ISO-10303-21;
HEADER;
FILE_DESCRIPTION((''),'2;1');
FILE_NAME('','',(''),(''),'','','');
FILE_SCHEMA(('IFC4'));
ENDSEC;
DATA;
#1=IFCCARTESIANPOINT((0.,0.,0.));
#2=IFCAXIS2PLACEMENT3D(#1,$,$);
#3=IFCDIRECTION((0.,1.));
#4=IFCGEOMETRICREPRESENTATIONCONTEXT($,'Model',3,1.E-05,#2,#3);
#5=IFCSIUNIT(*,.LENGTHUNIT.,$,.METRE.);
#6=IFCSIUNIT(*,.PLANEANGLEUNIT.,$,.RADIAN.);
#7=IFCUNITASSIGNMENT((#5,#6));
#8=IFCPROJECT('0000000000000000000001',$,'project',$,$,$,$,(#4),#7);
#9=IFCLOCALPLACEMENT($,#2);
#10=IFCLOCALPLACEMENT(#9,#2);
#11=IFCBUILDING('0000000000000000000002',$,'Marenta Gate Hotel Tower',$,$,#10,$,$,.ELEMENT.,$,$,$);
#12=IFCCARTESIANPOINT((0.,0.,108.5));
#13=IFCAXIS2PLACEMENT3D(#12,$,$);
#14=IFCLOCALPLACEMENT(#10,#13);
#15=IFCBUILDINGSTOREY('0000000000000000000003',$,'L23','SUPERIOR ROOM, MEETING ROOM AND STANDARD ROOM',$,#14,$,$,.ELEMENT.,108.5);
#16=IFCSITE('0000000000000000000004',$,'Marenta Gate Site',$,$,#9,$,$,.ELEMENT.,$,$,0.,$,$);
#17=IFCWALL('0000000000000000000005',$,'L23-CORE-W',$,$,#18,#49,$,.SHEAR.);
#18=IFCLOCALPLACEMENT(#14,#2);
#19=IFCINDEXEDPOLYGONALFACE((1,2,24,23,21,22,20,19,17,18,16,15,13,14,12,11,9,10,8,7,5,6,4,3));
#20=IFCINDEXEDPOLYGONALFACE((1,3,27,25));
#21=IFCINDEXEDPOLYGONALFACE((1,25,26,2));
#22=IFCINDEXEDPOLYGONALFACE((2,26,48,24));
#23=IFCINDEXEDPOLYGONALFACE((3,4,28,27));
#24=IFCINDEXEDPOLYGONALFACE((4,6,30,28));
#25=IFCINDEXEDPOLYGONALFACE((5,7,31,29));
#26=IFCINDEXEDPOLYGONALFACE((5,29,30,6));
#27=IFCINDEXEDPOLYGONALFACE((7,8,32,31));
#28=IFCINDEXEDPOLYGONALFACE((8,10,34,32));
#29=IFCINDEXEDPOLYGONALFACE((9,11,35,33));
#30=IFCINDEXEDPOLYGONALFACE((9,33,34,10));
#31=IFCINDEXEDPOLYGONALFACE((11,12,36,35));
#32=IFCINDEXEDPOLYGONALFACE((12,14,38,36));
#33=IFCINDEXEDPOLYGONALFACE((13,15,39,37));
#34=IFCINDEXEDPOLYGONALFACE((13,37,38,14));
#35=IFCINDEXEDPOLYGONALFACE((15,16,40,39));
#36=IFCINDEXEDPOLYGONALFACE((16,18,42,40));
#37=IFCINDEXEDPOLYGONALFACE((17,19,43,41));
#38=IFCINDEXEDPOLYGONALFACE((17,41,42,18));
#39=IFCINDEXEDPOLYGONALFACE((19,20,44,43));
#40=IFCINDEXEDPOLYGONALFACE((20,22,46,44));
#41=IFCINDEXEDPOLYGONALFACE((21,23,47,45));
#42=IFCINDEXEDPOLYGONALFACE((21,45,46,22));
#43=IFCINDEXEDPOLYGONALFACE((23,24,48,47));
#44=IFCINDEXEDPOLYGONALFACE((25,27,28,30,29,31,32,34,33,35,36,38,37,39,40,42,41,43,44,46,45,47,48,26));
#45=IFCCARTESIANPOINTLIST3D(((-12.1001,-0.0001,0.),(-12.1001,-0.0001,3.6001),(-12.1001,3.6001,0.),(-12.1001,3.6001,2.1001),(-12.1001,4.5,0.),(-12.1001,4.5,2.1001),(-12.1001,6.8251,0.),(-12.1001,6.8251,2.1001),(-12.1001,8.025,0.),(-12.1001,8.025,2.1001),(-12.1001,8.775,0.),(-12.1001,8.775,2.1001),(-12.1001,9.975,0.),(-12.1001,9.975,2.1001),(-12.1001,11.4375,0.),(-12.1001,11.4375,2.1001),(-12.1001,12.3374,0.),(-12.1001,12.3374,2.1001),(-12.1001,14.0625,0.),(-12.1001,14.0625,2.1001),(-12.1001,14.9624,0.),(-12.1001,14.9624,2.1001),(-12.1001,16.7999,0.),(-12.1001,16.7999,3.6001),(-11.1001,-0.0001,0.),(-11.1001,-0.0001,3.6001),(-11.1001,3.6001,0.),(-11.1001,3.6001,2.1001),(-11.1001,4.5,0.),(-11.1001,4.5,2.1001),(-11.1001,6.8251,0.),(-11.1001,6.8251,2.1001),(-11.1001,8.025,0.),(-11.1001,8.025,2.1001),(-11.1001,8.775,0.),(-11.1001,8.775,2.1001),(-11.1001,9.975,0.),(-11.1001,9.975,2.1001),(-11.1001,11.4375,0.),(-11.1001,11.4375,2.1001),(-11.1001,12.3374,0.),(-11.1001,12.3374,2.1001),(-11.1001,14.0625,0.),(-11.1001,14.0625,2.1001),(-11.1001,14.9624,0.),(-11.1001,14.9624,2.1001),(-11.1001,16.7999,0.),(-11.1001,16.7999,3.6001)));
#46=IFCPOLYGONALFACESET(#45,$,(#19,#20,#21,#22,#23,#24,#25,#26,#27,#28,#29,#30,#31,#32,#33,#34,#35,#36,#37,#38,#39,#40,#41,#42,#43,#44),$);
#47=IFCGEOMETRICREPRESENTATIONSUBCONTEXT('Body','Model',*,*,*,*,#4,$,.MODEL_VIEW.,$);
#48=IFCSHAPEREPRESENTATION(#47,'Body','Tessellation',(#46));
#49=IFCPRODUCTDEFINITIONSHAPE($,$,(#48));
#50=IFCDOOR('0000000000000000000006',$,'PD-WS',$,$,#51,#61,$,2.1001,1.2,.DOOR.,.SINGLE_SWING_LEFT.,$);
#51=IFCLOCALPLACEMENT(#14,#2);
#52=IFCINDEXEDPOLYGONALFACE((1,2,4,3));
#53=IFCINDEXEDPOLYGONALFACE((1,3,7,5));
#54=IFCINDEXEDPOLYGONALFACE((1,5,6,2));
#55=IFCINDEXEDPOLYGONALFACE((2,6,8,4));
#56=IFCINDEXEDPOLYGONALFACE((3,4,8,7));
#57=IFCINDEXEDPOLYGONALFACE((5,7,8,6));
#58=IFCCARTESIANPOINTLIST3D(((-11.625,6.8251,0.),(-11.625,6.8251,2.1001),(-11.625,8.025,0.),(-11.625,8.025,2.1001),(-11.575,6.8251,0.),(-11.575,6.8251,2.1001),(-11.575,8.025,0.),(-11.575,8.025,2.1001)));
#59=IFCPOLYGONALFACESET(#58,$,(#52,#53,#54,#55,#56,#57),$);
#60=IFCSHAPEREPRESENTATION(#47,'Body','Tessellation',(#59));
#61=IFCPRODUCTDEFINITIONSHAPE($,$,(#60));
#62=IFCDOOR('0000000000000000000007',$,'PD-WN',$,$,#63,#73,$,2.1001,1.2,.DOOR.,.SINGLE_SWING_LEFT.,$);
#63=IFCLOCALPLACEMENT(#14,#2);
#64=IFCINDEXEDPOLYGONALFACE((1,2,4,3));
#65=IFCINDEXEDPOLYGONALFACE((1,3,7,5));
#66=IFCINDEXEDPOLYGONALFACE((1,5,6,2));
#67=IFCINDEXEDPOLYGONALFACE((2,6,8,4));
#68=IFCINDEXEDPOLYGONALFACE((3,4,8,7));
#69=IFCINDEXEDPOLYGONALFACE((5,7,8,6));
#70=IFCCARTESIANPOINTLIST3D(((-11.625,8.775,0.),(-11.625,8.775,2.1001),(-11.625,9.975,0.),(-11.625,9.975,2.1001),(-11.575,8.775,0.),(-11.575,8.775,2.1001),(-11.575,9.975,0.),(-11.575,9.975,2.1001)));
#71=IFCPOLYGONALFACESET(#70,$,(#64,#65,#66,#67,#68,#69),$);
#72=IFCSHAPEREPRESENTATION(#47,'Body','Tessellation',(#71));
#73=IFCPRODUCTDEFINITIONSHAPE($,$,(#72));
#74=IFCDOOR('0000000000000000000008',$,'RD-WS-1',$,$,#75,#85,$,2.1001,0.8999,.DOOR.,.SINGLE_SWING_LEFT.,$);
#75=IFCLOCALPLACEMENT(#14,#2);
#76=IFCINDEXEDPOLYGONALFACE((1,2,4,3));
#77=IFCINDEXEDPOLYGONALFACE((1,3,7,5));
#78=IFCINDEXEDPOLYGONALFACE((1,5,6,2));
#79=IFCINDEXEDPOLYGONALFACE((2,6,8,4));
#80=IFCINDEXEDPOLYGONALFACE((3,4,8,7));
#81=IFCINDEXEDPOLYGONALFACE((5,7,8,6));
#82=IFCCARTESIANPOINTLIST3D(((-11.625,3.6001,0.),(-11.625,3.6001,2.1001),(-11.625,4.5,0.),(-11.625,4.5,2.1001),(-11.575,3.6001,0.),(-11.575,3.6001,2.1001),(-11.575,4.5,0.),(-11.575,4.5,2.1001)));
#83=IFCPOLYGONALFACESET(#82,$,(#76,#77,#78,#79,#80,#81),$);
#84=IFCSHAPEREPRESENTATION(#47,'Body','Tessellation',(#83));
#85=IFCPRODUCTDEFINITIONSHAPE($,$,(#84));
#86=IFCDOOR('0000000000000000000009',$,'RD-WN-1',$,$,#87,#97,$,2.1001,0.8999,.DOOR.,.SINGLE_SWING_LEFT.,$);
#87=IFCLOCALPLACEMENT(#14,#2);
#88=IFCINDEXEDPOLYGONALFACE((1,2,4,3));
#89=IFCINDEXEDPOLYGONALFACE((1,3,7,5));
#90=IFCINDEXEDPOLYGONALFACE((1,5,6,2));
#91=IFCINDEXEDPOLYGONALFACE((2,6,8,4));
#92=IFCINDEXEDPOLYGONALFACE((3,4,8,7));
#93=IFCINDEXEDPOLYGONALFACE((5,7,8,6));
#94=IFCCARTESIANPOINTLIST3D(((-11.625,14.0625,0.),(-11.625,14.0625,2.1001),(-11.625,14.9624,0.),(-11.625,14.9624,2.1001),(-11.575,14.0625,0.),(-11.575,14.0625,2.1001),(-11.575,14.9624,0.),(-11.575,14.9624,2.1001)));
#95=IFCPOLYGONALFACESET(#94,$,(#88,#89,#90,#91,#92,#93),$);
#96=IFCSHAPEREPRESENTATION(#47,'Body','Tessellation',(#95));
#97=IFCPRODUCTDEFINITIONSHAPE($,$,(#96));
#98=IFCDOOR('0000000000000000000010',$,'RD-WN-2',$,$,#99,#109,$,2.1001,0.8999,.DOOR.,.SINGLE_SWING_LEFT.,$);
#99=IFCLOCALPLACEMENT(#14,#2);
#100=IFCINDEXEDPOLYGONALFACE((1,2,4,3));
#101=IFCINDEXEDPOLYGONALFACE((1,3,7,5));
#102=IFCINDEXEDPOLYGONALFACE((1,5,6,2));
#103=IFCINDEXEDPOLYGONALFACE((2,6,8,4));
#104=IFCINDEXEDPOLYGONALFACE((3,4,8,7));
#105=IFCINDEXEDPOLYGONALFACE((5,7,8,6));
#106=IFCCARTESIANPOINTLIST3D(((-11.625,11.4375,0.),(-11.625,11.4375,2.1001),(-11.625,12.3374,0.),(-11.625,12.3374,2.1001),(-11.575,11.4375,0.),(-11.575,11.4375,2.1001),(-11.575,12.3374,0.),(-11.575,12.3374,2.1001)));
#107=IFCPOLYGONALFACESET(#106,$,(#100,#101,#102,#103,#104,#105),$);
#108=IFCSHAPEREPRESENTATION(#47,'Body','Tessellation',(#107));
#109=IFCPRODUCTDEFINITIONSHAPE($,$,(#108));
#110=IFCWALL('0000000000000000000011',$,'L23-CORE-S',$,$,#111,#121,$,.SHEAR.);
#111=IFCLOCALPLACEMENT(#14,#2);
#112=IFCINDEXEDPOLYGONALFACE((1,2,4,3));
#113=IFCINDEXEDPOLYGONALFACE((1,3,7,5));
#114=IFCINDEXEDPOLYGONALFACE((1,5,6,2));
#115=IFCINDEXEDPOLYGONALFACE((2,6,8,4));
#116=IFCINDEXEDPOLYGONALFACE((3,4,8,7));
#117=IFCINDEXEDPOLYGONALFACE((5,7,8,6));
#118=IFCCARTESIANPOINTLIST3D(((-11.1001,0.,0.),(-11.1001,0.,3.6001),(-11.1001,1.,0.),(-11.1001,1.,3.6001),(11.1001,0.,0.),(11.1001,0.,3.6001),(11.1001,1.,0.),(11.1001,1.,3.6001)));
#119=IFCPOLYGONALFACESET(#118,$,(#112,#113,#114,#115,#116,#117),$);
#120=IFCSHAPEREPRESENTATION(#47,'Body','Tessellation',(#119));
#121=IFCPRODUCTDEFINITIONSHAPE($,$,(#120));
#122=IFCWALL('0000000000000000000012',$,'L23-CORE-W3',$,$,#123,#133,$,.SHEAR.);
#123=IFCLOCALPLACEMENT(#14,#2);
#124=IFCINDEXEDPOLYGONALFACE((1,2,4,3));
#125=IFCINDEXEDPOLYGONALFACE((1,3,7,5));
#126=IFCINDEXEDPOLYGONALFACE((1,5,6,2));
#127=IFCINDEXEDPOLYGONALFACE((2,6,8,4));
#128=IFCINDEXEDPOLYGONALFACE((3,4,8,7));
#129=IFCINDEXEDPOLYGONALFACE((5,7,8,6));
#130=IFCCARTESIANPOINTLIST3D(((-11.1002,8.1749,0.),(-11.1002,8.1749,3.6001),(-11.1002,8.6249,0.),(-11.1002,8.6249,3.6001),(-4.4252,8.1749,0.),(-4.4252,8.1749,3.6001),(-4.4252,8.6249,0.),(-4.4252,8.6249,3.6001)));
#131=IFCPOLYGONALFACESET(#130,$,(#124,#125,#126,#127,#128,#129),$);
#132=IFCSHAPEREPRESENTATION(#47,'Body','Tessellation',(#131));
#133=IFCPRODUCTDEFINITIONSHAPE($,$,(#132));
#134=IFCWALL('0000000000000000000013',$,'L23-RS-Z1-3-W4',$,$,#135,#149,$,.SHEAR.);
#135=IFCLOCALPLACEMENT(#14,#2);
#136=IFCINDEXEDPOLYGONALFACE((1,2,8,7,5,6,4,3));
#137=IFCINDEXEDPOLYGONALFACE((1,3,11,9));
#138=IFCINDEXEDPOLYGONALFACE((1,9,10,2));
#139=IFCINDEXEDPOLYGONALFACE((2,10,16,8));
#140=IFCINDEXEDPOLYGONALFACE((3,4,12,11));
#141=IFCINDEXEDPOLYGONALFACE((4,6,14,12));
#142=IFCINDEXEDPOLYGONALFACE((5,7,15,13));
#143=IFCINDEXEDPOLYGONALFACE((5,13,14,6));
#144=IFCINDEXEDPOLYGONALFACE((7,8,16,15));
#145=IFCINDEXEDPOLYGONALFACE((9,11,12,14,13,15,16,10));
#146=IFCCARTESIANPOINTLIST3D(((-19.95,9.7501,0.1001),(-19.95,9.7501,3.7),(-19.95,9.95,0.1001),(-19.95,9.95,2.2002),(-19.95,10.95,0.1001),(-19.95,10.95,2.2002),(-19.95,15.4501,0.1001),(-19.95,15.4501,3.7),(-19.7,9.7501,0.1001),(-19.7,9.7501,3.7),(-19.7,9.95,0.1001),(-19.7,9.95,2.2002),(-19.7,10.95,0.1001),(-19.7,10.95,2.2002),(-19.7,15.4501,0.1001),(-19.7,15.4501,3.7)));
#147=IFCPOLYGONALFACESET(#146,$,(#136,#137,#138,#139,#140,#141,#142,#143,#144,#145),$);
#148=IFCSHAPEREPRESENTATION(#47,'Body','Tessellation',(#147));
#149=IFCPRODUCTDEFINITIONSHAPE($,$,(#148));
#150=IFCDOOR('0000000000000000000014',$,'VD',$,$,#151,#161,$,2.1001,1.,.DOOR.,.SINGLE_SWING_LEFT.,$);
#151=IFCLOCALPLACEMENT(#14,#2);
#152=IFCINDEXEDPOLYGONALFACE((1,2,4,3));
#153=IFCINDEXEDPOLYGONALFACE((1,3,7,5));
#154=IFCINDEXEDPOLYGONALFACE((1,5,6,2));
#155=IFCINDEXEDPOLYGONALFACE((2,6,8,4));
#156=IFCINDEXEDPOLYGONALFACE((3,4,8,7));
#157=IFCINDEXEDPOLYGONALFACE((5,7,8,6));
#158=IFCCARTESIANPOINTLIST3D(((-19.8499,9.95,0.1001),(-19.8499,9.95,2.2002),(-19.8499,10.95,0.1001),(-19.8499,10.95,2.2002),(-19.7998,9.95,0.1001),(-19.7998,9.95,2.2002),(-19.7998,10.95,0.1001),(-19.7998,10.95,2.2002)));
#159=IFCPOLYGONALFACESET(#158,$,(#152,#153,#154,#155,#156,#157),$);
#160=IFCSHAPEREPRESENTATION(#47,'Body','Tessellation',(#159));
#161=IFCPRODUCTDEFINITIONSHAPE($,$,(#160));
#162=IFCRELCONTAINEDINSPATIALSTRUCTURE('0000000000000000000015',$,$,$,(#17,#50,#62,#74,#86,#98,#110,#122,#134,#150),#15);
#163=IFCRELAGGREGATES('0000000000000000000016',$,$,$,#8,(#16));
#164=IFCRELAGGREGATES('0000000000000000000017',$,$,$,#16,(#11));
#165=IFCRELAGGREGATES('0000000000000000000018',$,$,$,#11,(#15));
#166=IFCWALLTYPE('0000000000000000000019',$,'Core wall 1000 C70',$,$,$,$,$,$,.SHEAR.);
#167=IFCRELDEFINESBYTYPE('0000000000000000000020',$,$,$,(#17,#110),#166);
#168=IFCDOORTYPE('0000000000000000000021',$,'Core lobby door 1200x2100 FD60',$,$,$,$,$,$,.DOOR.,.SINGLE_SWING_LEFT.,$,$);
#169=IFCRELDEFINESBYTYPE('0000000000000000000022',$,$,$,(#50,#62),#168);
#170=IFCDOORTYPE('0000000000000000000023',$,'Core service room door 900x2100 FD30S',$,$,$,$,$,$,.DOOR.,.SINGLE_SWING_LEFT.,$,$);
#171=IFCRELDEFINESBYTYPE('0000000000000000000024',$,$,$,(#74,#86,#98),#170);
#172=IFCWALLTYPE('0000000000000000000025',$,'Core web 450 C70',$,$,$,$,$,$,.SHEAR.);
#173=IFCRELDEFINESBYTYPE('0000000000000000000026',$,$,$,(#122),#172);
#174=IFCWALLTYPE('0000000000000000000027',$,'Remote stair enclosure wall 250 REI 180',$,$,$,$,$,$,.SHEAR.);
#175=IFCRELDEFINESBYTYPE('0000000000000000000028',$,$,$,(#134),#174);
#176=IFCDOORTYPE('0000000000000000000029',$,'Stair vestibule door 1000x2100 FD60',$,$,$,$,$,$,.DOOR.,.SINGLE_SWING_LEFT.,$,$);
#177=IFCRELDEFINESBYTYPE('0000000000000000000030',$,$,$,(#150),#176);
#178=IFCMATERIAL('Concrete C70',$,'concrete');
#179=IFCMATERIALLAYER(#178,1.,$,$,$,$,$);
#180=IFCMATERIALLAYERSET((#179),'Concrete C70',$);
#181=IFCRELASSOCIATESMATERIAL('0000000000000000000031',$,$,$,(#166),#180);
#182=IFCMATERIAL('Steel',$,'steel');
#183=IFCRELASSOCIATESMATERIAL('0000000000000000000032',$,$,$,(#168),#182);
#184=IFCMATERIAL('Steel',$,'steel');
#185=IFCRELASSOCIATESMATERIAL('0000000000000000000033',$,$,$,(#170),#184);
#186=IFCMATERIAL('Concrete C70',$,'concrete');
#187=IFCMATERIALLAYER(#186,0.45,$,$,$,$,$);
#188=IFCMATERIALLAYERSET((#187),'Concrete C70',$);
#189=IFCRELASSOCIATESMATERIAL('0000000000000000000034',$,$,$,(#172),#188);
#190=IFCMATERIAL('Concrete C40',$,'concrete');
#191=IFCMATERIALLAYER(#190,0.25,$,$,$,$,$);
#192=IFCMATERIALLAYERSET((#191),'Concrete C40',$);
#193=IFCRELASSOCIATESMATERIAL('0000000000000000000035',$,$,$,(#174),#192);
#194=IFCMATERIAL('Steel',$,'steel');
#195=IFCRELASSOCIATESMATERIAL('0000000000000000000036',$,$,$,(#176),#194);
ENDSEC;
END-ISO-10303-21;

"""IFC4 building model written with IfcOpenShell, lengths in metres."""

from ifc_helpers import new_model, si_unit, direction, frame, frame_2d, origin, place, context, subcontext, project, spatial, rectangle, extrude, material, layer, layer_set, type_object, element, fill, save


model = new_model("IFC4")

# Units and contexts
model_context = context("Model", 3, precision=1e-05, world=origin(), true_north=direction((0.0, 1.0)))
body_context = subcontext(model_context, "Body", "Model", "MODEL_VIEW")
ifc_project = project(units=[si_unit("LENGTHUNIT", "METRE"), si_unit("PLANEANGLEUNIT", "RADIAN")], contexts=[model_context])

# Site, building, storey
site_placement = place(None, origin())
site = spatial("IfcSite", under=ifc_project, at=site_placement, Name="Marenta Gate Site", CompositionType="ELEMENT", RefElevation=0.0)
building_placement = place(site_placement, origin())
building = spatial("IfcBuilding", under=site, at=building_placement, Name="Marenta Gate Hotel Tower", CompositionType="ELEMENT")
storey_placement = place(building_placement, frame((0.0, 0.0, 108.5)))
storey = spatial("IfcBuildingStorey", under=building, at=storey_placement, Name="L23", Description="SUPERIOR ROOM, MEETING ROOM AND STANDARD ROOM", CompositionType="ELEMENT", Elevation=108.5)

# Wall, openings, doors
ifc_material_1 = material(Name="Concrete C70", Category="concrete")
ifc_layer_1 = layer(ifc_material_1, 1.0)
ifc_layer_set_1 = layer_set([ifc_layer_1], Name="Concrete C70")
wall_type_1 = type_object("IfcWallType", Name="Core wall 1000 C70", PredefinedType="SHEAR", material=ifc_layer_set_1)
wall_1_placement = place(storey_placement, frame((-11.6001, 0.0, 0.0), z_axis=(0.0, 0.0, 1.0), x_axis=(0.0, 1.0, 0.0)))
wall_1 = element("IfcWall", 1, at=wall_1_placement, inside=storey, type_object=wall_type_1, Name="L23-CORE-W", PredefinedType="SHEAR", context=body_context, shape_type="SweptSolid", body=[
    extrude(rectangle(XDim=16.8, YDim=1.0, at=frame_2d((8.3999, 0.0))), origin(), (0.0, 0.0, 1.0), 3.6001),
])
opening_1_placement = place(wall_1_placement, frame((3.6001, 0.0, 0.0)))
opening_1 = element("IfcOpeningElement", 2, at=opening_1_placement, cuts=wall_1, PredefinedType="OPENING", context=body_context, shape_type="SweptSolid", body=[
    extrude(rectangle(XDim=0.8999, YDim=2.1001, at=frame_2d((0.45, 1.05))), frame((0.0, 0.5, 0.0), z_axis=(0.0, -1.0, 0.0), x_axis=(1.0, 0.0, 0.0)), (0.0, 0.0, 1.0), 1.0),
])
opening_2_placement = place(wall_1_placement, frame((6.825, 0.0, 0.0)))
opening_2 = element("IfcOpeningElement", 3, at=opening_2_placement, cuts=wall_1, PredefinedType="OPENING", context=body_context, shape_type="SweptSolid", body=[
    extrude(rectangle(XDim=1.2, YDim=2.1001, at=frame_2d((0.6001, 1.05))), frame((0.0, 0.5, 0.0), z_axis=(0.0, -1.0, 0.0), x_axis=(1.0, 0.0, 0.0)), (0.0, 0.0, 1.0), 1.0),
])
opening_3_placement = place(wall_1_placement, frame((14.0625, 0.0, 0.0)))
opening_3 = element("IfcOpeningElement", 4, at=opening_3_placement, cuts=wall_1, PredefinedType="OPENING", context=body_context, shape_type="SweptSolid", body=[
    extrude(rectangle(XDim=0.8999, YDim=2.1001, at=frame_2d((0.45, 1.05))), frame((0.0, 0.5, 0.0), z_axis=(0.0, -1.0, 0.0), x_axis=(1.0, 0.0, 0.0)), (0.0, 0.0, 1.0), 1.0),
])
opening_4_placement = place(wall_1_placement, frame((11.4375, 0.0, 0.0)))
opening_4 = element("IfcOpeningElement", 5, at=opening_4_placement, cuts=wall_1, PredefinedType="OPENING", context=body_context, shape_type="SweptSolid", body=[
    extrude(rectangle(XDim=0.8999, YDim=2.1001, at=frame_2d((0.45, 1.05))), frame((0.0, 0.5, 0.0), z_axis=(0.0, -1.0, 0.0), x_axis=(1.0, 0.0, 0.0)), (0.0, 0.0, 1.0), 1.0),
])
opening_5_placement = place(wall_1_placement, frame((8.7749, 0.0, 0.0)))
opening_5 = element("IfcOpeningElement", 6, at=opening_5_placement, cuts=wall_1, PredefinedType="OPENING", context=body_context, shape_type="SweptSolid", body=[
    extrude(rectangle(XDim=1.2, YDim=2.1001, at=frame_2d((0.6001, 1.05))), frame((0.0, 0.5, 0.0), z_axis=(0.0, -1.0, 0.0), x_axis=(1.0, 0.0, 0.0)), (0.0, 0.0, 1.0), 1.0),
])
ifc_material_2 = material(Name="Steel", Category="steel")
door_type_1 = type_object("IfcDoorType", Name="Core lobby door 1200x2100 FD60", OperationType="SINGLE_SWING_LEFT", PredefinedType="DOOR", material=ifc_material_2)
door_1_placement = place(opening_2_placement, origin())
door_1 = element("IfcDoor", 7, at=door_1_placement, inside=storey, type_object=door_type_1, Name="PD-WS", OperationType="SINGLE_SWING_LEFT", OverallHeight=2.1001, OverallWidth=1.2, PredefinedType="DOOR", context=body_context, shape_type="SweptSolid", body=[
    extrude(rectangle(XDim=1.2, YDim=2.1001, at=frame_2d((0.6001, 1.05))), frame((0.0, 0.0249, 0.0), z_axis=(0.0, -1.0, 0.0), x_axis=(1.0, 0.0, 0.0)), (0.0, 0.0, 1.0), 0.05),
])
fill(opening_2, door_1)
door_2_placement = place(opening_5_placement, origin())
door_2 = element("IfcDoor", 8, at=door_2_placement, inside=storey, type_object=door_type_1, Name="PD-WN", OperationType="SINGLE_SWING_LEFT", OverallHeight=2.1001, OverallWidth=1.2, PredefinedType="DOOR", context=body_context, shape_type="SweptSolid", body=[
    extrude(rectangle(XDim=1.2, YDim=2.1001, at=frame_2d((0.6001, 1.05))), frame((0.0, 0.0249, 0.0), z_axis=(0.0, -1.0, 0.0), x_axis=(1.0, 0.0, 0.0)), (0.0, 0.0, 1.0), 0.05),
])
fill(opening_5, door_2)
ifc_material_3 = material(Name="Steel", Category="steel")
door_type_2 = type_object("IfcDoorType", Name="Core service room door 900x2100 FD30S", OperationType="SINGLE_SWING_LEFT", PredefinedType="DOOR", material=ifc_material_3)
door_3_placement = place(opening_1_placement, origin())
door_3 = element("IfcDoor", 9, at=door_3_placement, inside=storey, type_object=door_type_2, Name="RD-WS-1", OperationType="SINGLE_SWING_LEFT", OverallHeight=2.1001, OverallWidth=0.8999, PredefinedType="DOOR", context=body_context, shape_type="SweptSolid", body=[
    extrude(rectangle(XDim=0.8999, YDim=2.1001, at=frame_2d((0.45, 1.05))), frame((0.0, 0.0249, 0.0), z_axis=(0.0, -1.0, 0.0), x_axis=(1.0, 0.0, 0.0)), (0.0, 0.0, 1.0), 0.05),
])
fill(opening_1, door_3)
door_4_placement = place(opening_3_placement, origin())
door_4 = element("IfcDoor", 10, at=door_4_placement, inside=storey, type_object=door_type_2, Name="RD-WN-1", OperationType="SINGLE_SWING_LEFT", OverallHeight=2.1001, OverallWidth=0.8999, PredefinedType="DOOR", context=body_context, shape_type="SweptSolid", body=[
    extrude(rectangle(XDim=0.8999, YDim=2.1001, at=frame_2d((0.45, 1.05))), frame((0.0, 0.0249, 0.0), z_axis=(0.0, -1.0, 0.0), x_axis=(1.0, 0.0, 0.0)), (0.0, 0.0, 1.0), 0.05),
])
fill(opening_3, door_4)
door_5_placement = place(opening_4_placement, origin())
door_5 = element("IfcDoor", 11, at=door_5_placement, inside=storey, type_object=door_type_2, Name="RD-WN-2", OperationType="SINGLE_SWING_LEFT", OverallHeight=2.1001, OverallWidth=0.8999, PredefinedType="DOOR", context=body_context, shape_type="SweptSolid", body=[
    extrude(rectangle(XDim=0.8999, YDim=2.1001, at=frame_2d((0.45, 1.05))), frame((0.0, 0.0249, 0.0), z_axis=(0.0, -1.0, 0.0), x_axis=(1.0, 0.0, 0.0)), (0.0, 0.0, 1.0), 0.05),
])
fill(opening_4, door_5)

# Walls
wall_2_placement = place(storey_placement, frame((-11.1001, 0.5, 0.0), z_axis=(0.0, 0.0, 1.0), x_axis=(1.0, 0.0, 0.0)))
element("IfcWall", 12, at=wall_2_placement, inside=storey, type_object=wall_type_1, Name="L23-CORE-S", PredefinedType="SHEAR", context=body_context, shape_type="SweptSolid", body=[
    extrude(rectangle(XDim=22.2002, YDim=1.0, at=frame_2d((11.1001, 0.0))), origin(), (0.0, 0.0, 1.0), 3.6001),
])
ifc_material_4 = material(Name="Concrete C70", Category="concrete")
ifc_layer_2 = layer(ifc_material_4, 0.45)
ifc_layer_set_2 = layer_set([ifc_layer_2], Name="Concrete C70")
wall_type_2 = type_object("IfcWallType", Name="Core web 450 C70", PredefinedType="SHEAR", material=ifc_layer_set_2)
wall_3_placement = place(storey_placement, frame((-11.1001, 8.3999, 0.0), z_axis=(0.0, 0.0, 1.0), x_axis=(1.0, 0.0, 0.0)))
element("IfcWall", 13, at=wall_3_placement, inside=storey, type_object=wall_type_2, Name="L23-CORE-W3", PredefinedType="SHEAR", context=body_context, shape_type="SweptSolid", body=[
    extrude(rectangle(XDim=6.675, YDim=0.45, at=frame_2d((3.3374, 0.0))), origin(), (0.0, 0.0, 1.0), 3.6001),
])

# Wall, opening, door
ifc_material_5 = material(Name="Concrete C40", Category="concrete")
ifc_layer_3 = layer(ifc_material_5, 0.25)
ifc_layer_set_3 = layer_set([ifc_layer_3], Name="Concrete C40")
wall_type_3 = type_object("IfcWallType", Name="Remote stair enclosure wall 250 REI 180", PredefinedType="SHEAR", material=ifc_layer_set_3)
wall_4_placement = place(storey_placement, frame((-19.825, 9.75, 0.1001), z_axis=(0.0, 0.0, 1.0), x_axis=(0.0, 1.0, 0.0)))
wall_4 = element("IfcWall", 14, at=wall_4_placement, inside=storey, type_object=wall_type_3, Name="L23-RS-Z1-3-W4", PredefinedType="SHEAR", context=body_context, shape_type="SweptSolid", body=[
    extrude(rectangle(XDim=5.7, YDim=0.25, at=frame_2d((2.8501, 0.0))), origin(), (0.0, 0.0, 1.0), 3.5999),
])
opening_6_placement = place(wall_4_placement, frame((0.2, 0.0, 0.0)))
opening_6 = element("IfcOpeningElement", 15, at=opening_6_placement, cuts=wall_4, PredefinedType="OPENING", context=body_context, shape_type="SweptSolid", body=[
    extrude(rectangle(XDim=1.0, YDim=2.1001, at=frame_2d((0.5, 1.05))), frame((0.0, 0.125, 0.0), z_axis=(0.0, -1.0, 0.0), x_axis=(1.0, 0.0, 0.0)), (0.0, 0.0, 1.0), 0.25),
])
ifc_material_6 = material(Name="Steel", Category="steel")
door_type_3 = type_object("IfcDoorType", Name="Stair vestibule door 1000x2100 FD60", OperationType="SINGLE_SWING_LEFT", PredefinedType="DOOR", material=ifc_material_6)
door_6_placement = place(opening_6_placement, origin())
door_6 = element("IfcDoor", 16, at=door_6_placement, inside=storey, type_object=door_type_3, Name="VD", OperationType="SINGLE_SWING_LEFT", OverallHeight=2.1001, OverallWidth=1.0, PredefinedType="DOOR", context=body_context, shape_type="SweptSolid", body=[
    extrude(rectangle(XDim=1.0, YDim=2.1001, at=frame_2d((0.5, 1.05))), frame((0.0, 0.0249, 0.0), z_axis=(0.0, -1.0, 0.0), x_axis=(1.0, 0.0, 0.0)), (0.0, 0.0, 1.0), 0.05),
])
fill(opening_6, door_6)

save(model, "model.ifc")
